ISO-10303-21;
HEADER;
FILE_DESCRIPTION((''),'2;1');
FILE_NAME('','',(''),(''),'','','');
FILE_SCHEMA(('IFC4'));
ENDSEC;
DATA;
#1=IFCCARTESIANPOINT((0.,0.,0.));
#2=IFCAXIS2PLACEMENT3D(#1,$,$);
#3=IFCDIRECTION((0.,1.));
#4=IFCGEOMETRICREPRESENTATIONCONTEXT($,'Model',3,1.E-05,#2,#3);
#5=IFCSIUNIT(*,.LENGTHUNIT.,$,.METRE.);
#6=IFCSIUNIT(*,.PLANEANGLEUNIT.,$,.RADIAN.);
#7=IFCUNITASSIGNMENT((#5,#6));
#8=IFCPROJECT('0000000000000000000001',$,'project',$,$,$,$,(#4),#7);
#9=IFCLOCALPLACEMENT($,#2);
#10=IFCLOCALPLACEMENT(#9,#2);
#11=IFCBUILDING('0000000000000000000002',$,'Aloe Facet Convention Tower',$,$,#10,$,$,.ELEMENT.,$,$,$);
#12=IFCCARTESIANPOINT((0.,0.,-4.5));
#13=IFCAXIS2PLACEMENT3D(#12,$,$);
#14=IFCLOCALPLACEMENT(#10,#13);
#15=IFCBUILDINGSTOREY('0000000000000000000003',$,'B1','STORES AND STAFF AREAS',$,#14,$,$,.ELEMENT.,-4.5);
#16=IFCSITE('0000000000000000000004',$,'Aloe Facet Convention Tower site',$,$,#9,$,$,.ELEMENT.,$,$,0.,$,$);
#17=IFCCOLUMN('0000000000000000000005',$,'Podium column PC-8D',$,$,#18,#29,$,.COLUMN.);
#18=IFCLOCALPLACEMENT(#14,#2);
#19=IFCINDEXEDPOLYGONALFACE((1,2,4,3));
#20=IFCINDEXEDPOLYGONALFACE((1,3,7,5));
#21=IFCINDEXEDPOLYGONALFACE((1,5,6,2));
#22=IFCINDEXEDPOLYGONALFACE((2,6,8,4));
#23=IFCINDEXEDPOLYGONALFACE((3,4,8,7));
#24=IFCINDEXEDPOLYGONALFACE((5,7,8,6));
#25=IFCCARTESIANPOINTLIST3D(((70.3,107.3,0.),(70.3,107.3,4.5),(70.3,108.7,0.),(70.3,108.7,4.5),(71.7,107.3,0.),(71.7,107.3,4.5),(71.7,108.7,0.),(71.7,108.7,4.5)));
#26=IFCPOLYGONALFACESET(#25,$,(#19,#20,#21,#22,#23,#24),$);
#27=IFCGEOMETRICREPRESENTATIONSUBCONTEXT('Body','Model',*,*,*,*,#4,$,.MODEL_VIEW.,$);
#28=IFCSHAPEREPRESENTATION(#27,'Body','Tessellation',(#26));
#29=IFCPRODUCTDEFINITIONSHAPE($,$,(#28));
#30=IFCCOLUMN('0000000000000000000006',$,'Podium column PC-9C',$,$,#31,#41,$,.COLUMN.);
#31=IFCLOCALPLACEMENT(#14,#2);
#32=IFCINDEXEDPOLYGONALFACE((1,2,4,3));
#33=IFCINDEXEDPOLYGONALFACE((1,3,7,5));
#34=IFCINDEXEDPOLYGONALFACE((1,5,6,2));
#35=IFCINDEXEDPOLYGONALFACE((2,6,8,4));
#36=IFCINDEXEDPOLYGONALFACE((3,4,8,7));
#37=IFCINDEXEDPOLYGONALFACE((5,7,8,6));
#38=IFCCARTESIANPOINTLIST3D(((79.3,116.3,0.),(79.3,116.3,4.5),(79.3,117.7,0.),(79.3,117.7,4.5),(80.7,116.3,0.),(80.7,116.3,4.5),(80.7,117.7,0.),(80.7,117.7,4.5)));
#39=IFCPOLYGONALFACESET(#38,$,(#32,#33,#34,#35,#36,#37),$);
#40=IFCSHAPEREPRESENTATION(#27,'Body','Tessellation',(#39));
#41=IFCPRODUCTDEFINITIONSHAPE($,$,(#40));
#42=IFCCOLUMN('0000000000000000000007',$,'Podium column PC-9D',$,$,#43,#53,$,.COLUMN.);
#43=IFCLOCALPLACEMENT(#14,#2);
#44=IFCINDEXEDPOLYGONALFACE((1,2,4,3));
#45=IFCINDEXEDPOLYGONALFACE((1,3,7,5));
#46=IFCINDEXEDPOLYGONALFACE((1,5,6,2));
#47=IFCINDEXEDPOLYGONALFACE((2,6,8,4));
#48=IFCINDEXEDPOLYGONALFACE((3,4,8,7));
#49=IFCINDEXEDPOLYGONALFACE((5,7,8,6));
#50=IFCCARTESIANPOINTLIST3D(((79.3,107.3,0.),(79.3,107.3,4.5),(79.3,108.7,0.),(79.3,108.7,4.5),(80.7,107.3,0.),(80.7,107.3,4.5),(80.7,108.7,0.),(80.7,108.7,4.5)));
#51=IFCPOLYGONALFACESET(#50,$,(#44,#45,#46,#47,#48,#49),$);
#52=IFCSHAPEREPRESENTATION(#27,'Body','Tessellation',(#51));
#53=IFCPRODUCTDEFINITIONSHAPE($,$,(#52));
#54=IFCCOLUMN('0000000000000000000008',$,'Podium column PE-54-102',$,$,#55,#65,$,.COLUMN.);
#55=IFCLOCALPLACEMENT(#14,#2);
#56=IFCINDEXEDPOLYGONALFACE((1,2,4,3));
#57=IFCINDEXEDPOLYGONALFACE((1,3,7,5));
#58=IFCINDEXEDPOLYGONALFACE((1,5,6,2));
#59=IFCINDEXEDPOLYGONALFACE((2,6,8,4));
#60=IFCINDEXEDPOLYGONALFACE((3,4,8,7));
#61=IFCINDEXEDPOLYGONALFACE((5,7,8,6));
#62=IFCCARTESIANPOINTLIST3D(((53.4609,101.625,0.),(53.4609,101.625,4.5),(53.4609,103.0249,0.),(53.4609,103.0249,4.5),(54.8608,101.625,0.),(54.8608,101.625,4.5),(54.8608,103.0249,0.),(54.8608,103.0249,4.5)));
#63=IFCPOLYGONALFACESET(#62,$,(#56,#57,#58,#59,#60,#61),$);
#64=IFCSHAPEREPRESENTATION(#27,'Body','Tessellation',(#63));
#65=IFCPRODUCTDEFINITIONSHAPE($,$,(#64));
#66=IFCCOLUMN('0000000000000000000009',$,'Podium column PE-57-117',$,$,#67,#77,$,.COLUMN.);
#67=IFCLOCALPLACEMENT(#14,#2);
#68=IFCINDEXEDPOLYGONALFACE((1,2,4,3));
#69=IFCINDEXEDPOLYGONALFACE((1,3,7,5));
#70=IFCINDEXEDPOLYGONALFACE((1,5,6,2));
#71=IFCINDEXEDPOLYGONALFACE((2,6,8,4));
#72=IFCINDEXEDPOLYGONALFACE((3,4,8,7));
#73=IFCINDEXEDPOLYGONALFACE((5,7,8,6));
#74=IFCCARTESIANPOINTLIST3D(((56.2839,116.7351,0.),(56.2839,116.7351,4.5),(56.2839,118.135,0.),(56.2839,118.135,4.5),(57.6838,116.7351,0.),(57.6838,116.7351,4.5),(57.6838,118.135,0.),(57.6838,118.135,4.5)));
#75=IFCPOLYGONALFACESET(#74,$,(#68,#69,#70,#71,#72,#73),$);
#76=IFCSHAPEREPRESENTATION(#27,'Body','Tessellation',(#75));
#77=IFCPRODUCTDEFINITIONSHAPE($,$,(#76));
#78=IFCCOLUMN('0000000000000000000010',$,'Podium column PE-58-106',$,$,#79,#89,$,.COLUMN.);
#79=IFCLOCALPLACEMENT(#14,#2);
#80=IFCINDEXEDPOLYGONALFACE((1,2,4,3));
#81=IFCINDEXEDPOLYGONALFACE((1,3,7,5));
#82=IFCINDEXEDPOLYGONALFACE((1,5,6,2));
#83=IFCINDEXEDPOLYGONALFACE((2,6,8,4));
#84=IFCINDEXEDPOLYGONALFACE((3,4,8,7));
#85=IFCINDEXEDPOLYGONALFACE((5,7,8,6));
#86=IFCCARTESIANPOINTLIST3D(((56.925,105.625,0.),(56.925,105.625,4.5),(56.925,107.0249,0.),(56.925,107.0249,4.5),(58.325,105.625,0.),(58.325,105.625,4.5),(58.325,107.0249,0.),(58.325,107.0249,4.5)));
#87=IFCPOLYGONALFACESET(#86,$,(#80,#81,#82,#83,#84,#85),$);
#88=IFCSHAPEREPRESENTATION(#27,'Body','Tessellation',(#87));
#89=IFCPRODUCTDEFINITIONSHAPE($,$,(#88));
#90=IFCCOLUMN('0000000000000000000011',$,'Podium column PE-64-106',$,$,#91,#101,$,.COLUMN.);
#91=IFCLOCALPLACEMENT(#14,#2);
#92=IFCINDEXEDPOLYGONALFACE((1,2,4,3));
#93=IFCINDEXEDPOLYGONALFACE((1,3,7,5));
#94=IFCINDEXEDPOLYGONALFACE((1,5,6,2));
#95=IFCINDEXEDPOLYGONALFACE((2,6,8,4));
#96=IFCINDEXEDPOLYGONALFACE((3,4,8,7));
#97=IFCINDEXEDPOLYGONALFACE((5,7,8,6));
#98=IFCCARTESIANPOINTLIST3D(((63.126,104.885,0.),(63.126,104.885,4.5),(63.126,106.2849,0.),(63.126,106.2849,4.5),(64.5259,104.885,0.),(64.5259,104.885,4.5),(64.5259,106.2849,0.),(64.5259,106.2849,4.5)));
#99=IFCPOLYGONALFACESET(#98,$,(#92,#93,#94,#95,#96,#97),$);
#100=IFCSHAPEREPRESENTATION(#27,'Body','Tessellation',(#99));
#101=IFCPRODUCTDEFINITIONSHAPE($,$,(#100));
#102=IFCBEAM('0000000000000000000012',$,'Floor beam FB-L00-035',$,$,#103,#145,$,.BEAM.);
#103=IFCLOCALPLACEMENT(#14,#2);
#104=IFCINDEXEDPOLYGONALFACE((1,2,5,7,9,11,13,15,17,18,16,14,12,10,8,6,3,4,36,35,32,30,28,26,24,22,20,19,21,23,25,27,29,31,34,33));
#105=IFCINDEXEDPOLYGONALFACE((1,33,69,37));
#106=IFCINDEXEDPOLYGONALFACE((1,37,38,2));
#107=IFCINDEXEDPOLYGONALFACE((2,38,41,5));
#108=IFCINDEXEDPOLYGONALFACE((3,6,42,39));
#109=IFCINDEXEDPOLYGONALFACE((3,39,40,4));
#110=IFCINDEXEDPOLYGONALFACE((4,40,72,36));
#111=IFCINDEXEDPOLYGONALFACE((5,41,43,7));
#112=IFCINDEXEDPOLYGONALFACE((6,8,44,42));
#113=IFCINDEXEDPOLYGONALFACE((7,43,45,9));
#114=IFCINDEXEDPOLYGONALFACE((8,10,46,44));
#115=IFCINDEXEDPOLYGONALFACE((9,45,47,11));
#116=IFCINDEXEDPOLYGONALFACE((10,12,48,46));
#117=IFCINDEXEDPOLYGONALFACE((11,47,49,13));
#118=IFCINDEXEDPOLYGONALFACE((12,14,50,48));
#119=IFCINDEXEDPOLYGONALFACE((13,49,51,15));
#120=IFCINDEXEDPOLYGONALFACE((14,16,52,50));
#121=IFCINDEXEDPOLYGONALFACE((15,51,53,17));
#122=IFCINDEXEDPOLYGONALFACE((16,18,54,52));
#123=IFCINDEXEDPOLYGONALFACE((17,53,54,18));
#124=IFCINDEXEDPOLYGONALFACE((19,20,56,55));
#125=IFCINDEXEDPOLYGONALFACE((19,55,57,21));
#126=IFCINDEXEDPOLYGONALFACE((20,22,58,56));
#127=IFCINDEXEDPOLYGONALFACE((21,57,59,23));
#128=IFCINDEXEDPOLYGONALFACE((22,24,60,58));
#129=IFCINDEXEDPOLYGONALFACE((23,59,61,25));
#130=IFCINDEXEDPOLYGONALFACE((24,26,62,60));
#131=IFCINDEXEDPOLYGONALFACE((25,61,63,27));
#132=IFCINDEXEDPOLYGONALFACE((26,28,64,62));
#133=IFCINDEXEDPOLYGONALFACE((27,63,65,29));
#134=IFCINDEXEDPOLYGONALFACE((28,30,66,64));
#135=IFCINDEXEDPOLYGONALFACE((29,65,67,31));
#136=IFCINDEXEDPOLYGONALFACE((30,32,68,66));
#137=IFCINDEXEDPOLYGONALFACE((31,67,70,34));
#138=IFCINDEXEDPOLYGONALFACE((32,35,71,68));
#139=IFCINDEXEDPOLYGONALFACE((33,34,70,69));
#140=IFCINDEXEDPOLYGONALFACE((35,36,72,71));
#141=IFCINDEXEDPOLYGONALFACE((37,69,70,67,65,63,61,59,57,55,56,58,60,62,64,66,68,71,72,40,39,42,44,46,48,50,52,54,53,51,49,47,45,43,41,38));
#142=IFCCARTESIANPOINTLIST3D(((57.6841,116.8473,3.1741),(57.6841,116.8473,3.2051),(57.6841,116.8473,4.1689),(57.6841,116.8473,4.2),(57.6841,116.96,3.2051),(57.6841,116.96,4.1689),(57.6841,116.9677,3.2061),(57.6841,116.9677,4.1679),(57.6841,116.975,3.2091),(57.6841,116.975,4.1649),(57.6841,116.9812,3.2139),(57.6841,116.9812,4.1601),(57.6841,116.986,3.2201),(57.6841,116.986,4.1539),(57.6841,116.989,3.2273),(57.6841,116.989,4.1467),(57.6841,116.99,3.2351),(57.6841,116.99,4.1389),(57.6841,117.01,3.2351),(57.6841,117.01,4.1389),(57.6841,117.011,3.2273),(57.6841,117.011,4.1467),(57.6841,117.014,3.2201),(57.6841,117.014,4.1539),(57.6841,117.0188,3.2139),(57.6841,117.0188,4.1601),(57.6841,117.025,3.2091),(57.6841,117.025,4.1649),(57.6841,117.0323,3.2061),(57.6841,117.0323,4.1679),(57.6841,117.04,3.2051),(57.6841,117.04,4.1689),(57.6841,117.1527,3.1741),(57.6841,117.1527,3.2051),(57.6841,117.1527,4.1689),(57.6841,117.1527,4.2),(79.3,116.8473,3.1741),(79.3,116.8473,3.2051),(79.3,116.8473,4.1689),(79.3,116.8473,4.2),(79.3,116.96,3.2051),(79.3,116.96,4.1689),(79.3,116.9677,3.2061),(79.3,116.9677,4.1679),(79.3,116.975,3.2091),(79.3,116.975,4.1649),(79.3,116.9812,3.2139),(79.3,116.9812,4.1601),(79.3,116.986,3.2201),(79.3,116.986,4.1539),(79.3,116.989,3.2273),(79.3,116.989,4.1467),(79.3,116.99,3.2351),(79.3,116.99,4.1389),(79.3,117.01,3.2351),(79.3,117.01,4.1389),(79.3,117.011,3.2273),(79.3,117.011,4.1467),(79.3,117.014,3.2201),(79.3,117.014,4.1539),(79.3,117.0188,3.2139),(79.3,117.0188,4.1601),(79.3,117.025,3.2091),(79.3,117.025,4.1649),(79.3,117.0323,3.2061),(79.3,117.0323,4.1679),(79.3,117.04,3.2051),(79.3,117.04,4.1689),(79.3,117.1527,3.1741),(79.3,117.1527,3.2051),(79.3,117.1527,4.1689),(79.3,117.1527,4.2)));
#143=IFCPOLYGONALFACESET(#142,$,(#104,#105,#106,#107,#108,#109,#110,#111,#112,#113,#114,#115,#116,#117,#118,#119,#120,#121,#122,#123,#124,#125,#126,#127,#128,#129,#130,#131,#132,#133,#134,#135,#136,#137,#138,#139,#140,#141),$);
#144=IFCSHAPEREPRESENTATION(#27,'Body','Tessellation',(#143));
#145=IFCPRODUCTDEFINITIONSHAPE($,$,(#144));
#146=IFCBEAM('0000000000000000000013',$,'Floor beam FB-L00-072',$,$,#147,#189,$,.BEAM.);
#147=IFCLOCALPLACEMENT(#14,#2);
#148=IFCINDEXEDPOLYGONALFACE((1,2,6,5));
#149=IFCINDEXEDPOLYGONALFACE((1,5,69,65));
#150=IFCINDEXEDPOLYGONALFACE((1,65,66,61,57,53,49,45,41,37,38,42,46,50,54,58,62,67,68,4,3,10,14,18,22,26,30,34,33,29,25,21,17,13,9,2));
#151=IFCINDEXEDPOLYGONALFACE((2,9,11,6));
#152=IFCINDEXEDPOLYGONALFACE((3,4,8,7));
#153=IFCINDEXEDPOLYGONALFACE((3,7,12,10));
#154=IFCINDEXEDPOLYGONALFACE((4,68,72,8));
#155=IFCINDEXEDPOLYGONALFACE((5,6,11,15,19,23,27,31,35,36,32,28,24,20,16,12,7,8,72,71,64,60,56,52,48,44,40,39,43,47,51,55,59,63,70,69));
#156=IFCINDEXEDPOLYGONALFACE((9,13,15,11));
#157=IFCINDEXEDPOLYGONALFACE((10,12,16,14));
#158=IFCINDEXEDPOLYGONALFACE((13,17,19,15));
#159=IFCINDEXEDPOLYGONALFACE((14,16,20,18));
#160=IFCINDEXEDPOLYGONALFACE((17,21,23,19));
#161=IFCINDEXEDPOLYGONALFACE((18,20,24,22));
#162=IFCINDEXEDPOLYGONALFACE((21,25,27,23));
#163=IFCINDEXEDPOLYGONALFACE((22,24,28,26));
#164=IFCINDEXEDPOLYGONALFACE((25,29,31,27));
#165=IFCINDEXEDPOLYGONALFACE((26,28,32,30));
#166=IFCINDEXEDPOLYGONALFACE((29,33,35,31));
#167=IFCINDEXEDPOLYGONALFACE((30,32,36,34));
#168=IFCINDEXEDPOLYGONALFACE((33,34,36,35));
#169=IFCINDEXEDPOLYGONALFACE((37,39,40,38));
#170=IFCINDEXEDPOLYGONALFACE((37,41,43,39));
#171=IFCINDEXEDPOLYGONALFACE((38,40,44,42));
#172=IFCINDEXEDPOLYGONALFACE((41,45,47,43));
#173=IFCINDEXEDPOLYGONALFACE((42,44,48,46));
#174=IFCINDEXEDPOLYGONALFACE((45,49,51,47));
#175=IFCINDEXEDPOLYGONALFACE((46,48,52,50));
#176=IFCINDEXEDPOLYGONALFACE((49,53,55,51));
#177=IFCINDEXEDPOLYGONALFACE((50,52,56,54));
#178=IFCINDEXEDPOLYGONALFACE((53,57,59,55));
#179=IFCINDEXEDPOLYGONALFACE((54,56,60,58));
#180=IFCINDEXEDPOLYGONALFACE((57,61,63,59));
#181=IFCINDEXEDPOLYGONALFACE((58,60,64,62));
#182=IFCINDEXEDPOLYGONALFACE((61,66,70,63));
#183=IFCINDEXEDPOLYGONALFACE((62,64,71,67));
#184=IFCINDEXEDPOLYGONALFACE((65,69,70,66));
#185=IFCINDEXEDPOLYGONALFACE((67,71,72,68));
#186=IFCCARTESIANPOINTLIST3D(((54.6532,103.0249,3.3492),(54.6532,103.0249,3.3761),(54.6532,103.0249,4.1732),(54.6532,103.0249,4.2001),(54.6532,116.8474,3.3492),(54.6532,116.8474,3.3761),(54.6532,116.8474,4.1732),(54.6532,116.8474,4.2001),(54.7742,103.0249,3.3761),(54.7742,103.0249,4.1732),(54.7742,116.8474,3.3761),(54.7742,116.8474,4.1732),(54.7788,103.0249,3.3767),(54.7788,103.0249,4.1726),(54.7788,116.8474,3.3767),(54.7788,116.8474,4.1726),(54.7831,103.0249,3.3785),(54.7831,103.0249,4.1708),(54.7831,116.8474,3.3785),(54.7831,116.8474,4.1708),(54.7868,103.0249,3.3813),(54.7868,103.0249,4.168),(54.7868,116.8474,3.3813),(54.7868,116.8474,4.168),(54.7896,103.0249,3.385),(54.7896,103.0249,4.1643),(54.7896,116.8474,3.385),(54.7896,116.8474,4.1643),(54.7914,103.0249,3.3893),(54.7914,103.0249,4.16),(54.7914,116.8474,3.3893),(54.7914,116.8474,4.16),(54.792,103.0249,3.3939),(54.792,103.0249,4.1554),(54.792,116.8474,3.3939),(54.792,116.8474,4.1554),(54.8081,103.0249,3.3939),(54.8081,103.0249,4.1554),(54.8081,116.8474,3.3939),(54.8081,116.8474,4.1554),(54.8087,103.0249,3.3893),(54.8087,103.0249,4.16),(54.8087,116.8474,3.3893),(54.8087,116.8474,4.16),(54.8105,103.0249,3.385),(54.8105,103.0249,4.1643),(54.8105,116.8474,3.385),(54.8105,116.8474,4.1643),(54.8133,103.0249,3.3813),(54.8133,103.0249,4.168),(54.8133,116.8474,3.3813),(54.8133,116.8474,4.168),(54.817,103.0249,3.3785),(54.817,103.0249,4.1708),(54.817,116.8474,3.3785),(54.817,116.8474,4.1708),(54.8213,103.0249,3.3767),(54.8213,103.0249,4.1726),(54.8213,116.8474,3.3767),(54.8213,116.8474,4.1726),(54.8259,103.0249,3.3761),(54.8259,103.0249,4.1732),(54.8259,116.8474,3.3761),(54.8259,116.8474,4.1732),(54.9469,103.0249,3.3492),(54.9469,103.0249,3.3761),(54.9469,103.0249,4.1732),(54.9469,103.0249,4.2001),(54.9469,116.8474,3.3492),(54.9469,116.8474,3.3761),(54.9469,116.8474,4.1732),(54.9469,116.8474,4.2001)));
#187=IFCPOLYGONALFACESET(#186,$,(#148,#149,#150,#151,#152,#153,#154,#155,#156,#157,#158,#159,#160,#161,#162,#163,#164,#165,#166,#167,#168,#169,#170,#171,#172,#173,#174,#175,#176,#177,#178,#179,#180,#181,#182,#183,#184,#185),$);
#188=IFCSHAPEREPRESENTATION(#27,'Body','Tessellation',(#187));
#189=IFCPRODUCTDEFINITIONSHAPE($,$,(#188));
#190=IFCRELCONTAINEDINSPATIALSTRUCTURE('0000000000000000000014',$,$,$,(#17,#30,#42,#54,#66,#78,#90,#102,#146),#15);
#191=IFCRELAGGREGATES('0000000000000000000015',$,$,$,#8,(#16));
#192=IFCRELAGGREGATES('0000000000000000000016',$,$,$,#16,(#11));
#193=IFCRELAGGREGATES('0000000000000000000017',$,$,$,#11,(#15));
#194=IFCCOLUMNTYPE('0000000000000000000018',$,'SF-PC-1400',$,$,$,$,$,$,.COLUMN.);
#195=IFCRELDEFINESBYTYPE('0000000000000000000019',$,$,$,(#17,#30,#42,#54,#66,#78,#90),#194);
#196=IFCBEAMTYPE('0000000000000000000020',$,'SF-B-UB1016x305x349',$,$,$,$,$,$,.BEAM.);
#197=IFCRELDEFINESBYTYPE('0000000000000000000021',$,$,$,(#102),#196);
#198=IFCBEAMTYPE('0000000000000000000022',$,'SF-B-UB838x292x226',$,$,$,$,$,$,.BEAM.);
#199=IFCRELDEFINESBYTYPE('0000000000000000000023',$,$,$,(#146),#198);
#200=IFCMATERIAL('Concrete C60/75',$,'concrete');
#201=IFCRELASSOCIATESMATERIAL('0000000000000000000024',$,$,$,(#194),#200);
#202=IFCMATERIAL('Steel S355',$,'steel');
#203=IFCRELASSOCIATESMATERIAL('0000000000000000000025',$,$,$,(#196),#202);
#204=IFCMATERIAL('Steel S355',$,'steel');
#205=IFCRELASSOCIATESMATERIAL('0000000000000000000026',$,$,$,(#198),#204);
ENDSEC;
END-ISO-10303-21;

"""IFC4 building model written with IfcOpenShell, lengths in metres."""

from ifc_helpers import new_model, si_unit, direction, frame, origin, origin_2d, place, context, subcontext, project, spatial, rectangle, i_section, extrude, material, material_profile, profile_set, type_object, element, save


model = new_model("IFC4")

# Units and contexts
model_context = context("Model", 3, precision=1e-05, world=origin(), true_north=direction((0.0, 1.0)))
body_context = subcontext(model_context, "Body", "Model", "MODEL_VIEW")
ifc_project = project(units=[si_unit("LENGTHUNIT", "METRE"), si_unit("PLANEANGLEUNIT", "RADIAN")], contexts=[model_context])

# Site, building, storey
site_placement = place(None, origin())
site = spatial("IfcSite", under=ifc_project, at=site_placement, Name="Aloe Facet Convention Tower site", CompositionType="ELEMENT", RefElevation=0.0)
building_placement = place(site_placement, origin())
building = spatial("IfcBuilding", under=site, at=building_placement, Name="Aloe Facet Convention Tower", CompositionType="ELEMENT")
storey_placement = place(building_placement, frame((0.0, 0.0, -4.5)))
storey = spatial("IfcBuildingStorey", under=building, at=storey_placement, Name="B1", Description="STORES AND STAFF AREAS", CompositionType="ELEMENT", Elevation=-4.5)

# Columns
ifc_material_1 = material(Name="Concrete C60/75", Category="concrete")
ifc_material_profile_1 = material_profile(ifc_material_1, rectangle(XDim=1.3999, YDim=1.3999, at=origin_2d()), Name="SF-PC-1400")
ifc_profile_set_1 = profile_set([ifc_material_profile_1], Name="Concrete C60/75")
column_type = type_object("IfcColumnType", Name="SF-PC-1400", PredefinedType="COLUMN", material=ifc_profile_set_1)
for number, where, z_axis, x_axis, name in (
    (1, (71.0, 108.0, 0.0), (0.0, 0.0, 1.0), (1.0, 0.0, 0.0), "Podium column PC-8D"),
    (2, (80.0, 117.0, 0.0), (0.0, 0.0, 1.0), (1.0, 0.0, 0.0), "Podium column PC-9C"),
    (3, (80.0, 108.0, 0.0), (0.0, 0.0, 1.0), (1.0, 0.0, 0.0), "Podium column PC-9D"),
    (4, (54.1609, 102.325, 0.0), (0.0, 0.0, 1.0), (1.0, 0.0, 0.0), "Podium column PE-54-102"),
    (5, (56.9839, 117.4351, 0.0), (0.0, 0.0, 1.0), (1.0, 0.0, 0.0), "Podium column PE-57-117"),
    (6, (57.625, 106.325, 0.0), (0.0, 0.0, 1.0), (1.0, 0.0, 0.0), "Podium column PE-58-106"),
    (7, (63.8259, 105.585, 0.0), (0.0, 0.0, 1.0), (1.0, 0.0, 0.0), "Podium column PE-64-106"),
):
    element("IfcColumn", number, at=place(storey_placement, frame(where, z_axis=z_axis, x_axis=x_axis)), inside=storey, type_object=column_type, Name=name, PredefinedType="COLUMN", context=body_context, shape_type="SweptSolid", body=[
        extrude(rectangle(XDim=1.3999, YDim=1.3999, at=origin_2d()), origin(), (0.0, 0.0, 1.0), 4.5),
    ])

# Beams
ifc_material_2 = material(Name="Steel S355", Category="steel")
ifc_material_profile_2 = material_profile(ifc_material_2, i_section(OverallWidth=0.3054, OverallDepth=1.0259, WebThickness=0.02, FlangeThickness=0.031, FilletRadius=0.03, at=origin_2d()), Name="UB 1016x305x349")
ifc_profile_set_2 = profile_set([ifc_material_profile_2], Name="Steel S355")
beam_type_1 = type_object("IfcBeamType", Name="SF-B-UB1016x305x349", PredefinedType="BEAM", material=ifc_profile_set_2)
beam_1_placement = place(storey_placement, frame((57.6841, 117.0, 3.687), z_axis=(1.0, 0.0, 0.0), x_axis=(0.0, 1.0, 0.0)))
element("IfcBeam", 8, at=beam_1_placement, inside=storey, type_object=beam_type_1, Name="Floor beam FB-L00-035", PredefinedType="BEAM", context=body_context, shape_type="SweptSolid", body=[
    extrude(i_section(OverallWidth=0.3054, OverallDepth=1.0259, WebThickness=0.02, FlangeThickness=0.031, FilletRadius=0.03, at=origin_2d()), origin(), (0.0, 0.0, 1.0), 21.616),
])
ifc_material_3 = material(Name="Steel S355", Category="steel")
ifc_material_profile_3 = material_profile(ifc_material_3, i_section(OverallWidth=0.2937, OverallDepth=0.8508, WebThickness=0.0161, FlangeThickness=0.0269, FilletRadius=0.0178, at=origin_2d()), Name="UB 838x292x226")
ifc_profile_set_3 = profile_set([ifc_material_profile_3], Name="Steel S355")
beam_type_2 = type_object("IfcBeamType", Name="SF-B-UB838x292x226", PredefinedType="BEAM", material=ifc_profile_set_3)
beam_2_placement = place(storey_placement, frame((54.8, 103.0249, 3.7747), z_axis=(0.0, 1.0, 0.0), x_axis=(-1.0, 0.0, 0.0)))
element("IfcBeam", 9, at=beam_2_placement, inside=storey, type_object=beam_type_2, Name="Floor beam FB-L00-072", PredefinedType="BEAM", context=body_context, shape_type="SweptSolid", body=[
    extrude(i_section(OverallWidth=0.2937, OverallDepth=0.8508, WebThickness=0.0161, FlangeThickness=0.0269, FilletRadius=0.0178, at=origin_2d()), origin(), (0.0, 0.0, 1.0), 13.8225),
])

save(model, "model.ifc")
